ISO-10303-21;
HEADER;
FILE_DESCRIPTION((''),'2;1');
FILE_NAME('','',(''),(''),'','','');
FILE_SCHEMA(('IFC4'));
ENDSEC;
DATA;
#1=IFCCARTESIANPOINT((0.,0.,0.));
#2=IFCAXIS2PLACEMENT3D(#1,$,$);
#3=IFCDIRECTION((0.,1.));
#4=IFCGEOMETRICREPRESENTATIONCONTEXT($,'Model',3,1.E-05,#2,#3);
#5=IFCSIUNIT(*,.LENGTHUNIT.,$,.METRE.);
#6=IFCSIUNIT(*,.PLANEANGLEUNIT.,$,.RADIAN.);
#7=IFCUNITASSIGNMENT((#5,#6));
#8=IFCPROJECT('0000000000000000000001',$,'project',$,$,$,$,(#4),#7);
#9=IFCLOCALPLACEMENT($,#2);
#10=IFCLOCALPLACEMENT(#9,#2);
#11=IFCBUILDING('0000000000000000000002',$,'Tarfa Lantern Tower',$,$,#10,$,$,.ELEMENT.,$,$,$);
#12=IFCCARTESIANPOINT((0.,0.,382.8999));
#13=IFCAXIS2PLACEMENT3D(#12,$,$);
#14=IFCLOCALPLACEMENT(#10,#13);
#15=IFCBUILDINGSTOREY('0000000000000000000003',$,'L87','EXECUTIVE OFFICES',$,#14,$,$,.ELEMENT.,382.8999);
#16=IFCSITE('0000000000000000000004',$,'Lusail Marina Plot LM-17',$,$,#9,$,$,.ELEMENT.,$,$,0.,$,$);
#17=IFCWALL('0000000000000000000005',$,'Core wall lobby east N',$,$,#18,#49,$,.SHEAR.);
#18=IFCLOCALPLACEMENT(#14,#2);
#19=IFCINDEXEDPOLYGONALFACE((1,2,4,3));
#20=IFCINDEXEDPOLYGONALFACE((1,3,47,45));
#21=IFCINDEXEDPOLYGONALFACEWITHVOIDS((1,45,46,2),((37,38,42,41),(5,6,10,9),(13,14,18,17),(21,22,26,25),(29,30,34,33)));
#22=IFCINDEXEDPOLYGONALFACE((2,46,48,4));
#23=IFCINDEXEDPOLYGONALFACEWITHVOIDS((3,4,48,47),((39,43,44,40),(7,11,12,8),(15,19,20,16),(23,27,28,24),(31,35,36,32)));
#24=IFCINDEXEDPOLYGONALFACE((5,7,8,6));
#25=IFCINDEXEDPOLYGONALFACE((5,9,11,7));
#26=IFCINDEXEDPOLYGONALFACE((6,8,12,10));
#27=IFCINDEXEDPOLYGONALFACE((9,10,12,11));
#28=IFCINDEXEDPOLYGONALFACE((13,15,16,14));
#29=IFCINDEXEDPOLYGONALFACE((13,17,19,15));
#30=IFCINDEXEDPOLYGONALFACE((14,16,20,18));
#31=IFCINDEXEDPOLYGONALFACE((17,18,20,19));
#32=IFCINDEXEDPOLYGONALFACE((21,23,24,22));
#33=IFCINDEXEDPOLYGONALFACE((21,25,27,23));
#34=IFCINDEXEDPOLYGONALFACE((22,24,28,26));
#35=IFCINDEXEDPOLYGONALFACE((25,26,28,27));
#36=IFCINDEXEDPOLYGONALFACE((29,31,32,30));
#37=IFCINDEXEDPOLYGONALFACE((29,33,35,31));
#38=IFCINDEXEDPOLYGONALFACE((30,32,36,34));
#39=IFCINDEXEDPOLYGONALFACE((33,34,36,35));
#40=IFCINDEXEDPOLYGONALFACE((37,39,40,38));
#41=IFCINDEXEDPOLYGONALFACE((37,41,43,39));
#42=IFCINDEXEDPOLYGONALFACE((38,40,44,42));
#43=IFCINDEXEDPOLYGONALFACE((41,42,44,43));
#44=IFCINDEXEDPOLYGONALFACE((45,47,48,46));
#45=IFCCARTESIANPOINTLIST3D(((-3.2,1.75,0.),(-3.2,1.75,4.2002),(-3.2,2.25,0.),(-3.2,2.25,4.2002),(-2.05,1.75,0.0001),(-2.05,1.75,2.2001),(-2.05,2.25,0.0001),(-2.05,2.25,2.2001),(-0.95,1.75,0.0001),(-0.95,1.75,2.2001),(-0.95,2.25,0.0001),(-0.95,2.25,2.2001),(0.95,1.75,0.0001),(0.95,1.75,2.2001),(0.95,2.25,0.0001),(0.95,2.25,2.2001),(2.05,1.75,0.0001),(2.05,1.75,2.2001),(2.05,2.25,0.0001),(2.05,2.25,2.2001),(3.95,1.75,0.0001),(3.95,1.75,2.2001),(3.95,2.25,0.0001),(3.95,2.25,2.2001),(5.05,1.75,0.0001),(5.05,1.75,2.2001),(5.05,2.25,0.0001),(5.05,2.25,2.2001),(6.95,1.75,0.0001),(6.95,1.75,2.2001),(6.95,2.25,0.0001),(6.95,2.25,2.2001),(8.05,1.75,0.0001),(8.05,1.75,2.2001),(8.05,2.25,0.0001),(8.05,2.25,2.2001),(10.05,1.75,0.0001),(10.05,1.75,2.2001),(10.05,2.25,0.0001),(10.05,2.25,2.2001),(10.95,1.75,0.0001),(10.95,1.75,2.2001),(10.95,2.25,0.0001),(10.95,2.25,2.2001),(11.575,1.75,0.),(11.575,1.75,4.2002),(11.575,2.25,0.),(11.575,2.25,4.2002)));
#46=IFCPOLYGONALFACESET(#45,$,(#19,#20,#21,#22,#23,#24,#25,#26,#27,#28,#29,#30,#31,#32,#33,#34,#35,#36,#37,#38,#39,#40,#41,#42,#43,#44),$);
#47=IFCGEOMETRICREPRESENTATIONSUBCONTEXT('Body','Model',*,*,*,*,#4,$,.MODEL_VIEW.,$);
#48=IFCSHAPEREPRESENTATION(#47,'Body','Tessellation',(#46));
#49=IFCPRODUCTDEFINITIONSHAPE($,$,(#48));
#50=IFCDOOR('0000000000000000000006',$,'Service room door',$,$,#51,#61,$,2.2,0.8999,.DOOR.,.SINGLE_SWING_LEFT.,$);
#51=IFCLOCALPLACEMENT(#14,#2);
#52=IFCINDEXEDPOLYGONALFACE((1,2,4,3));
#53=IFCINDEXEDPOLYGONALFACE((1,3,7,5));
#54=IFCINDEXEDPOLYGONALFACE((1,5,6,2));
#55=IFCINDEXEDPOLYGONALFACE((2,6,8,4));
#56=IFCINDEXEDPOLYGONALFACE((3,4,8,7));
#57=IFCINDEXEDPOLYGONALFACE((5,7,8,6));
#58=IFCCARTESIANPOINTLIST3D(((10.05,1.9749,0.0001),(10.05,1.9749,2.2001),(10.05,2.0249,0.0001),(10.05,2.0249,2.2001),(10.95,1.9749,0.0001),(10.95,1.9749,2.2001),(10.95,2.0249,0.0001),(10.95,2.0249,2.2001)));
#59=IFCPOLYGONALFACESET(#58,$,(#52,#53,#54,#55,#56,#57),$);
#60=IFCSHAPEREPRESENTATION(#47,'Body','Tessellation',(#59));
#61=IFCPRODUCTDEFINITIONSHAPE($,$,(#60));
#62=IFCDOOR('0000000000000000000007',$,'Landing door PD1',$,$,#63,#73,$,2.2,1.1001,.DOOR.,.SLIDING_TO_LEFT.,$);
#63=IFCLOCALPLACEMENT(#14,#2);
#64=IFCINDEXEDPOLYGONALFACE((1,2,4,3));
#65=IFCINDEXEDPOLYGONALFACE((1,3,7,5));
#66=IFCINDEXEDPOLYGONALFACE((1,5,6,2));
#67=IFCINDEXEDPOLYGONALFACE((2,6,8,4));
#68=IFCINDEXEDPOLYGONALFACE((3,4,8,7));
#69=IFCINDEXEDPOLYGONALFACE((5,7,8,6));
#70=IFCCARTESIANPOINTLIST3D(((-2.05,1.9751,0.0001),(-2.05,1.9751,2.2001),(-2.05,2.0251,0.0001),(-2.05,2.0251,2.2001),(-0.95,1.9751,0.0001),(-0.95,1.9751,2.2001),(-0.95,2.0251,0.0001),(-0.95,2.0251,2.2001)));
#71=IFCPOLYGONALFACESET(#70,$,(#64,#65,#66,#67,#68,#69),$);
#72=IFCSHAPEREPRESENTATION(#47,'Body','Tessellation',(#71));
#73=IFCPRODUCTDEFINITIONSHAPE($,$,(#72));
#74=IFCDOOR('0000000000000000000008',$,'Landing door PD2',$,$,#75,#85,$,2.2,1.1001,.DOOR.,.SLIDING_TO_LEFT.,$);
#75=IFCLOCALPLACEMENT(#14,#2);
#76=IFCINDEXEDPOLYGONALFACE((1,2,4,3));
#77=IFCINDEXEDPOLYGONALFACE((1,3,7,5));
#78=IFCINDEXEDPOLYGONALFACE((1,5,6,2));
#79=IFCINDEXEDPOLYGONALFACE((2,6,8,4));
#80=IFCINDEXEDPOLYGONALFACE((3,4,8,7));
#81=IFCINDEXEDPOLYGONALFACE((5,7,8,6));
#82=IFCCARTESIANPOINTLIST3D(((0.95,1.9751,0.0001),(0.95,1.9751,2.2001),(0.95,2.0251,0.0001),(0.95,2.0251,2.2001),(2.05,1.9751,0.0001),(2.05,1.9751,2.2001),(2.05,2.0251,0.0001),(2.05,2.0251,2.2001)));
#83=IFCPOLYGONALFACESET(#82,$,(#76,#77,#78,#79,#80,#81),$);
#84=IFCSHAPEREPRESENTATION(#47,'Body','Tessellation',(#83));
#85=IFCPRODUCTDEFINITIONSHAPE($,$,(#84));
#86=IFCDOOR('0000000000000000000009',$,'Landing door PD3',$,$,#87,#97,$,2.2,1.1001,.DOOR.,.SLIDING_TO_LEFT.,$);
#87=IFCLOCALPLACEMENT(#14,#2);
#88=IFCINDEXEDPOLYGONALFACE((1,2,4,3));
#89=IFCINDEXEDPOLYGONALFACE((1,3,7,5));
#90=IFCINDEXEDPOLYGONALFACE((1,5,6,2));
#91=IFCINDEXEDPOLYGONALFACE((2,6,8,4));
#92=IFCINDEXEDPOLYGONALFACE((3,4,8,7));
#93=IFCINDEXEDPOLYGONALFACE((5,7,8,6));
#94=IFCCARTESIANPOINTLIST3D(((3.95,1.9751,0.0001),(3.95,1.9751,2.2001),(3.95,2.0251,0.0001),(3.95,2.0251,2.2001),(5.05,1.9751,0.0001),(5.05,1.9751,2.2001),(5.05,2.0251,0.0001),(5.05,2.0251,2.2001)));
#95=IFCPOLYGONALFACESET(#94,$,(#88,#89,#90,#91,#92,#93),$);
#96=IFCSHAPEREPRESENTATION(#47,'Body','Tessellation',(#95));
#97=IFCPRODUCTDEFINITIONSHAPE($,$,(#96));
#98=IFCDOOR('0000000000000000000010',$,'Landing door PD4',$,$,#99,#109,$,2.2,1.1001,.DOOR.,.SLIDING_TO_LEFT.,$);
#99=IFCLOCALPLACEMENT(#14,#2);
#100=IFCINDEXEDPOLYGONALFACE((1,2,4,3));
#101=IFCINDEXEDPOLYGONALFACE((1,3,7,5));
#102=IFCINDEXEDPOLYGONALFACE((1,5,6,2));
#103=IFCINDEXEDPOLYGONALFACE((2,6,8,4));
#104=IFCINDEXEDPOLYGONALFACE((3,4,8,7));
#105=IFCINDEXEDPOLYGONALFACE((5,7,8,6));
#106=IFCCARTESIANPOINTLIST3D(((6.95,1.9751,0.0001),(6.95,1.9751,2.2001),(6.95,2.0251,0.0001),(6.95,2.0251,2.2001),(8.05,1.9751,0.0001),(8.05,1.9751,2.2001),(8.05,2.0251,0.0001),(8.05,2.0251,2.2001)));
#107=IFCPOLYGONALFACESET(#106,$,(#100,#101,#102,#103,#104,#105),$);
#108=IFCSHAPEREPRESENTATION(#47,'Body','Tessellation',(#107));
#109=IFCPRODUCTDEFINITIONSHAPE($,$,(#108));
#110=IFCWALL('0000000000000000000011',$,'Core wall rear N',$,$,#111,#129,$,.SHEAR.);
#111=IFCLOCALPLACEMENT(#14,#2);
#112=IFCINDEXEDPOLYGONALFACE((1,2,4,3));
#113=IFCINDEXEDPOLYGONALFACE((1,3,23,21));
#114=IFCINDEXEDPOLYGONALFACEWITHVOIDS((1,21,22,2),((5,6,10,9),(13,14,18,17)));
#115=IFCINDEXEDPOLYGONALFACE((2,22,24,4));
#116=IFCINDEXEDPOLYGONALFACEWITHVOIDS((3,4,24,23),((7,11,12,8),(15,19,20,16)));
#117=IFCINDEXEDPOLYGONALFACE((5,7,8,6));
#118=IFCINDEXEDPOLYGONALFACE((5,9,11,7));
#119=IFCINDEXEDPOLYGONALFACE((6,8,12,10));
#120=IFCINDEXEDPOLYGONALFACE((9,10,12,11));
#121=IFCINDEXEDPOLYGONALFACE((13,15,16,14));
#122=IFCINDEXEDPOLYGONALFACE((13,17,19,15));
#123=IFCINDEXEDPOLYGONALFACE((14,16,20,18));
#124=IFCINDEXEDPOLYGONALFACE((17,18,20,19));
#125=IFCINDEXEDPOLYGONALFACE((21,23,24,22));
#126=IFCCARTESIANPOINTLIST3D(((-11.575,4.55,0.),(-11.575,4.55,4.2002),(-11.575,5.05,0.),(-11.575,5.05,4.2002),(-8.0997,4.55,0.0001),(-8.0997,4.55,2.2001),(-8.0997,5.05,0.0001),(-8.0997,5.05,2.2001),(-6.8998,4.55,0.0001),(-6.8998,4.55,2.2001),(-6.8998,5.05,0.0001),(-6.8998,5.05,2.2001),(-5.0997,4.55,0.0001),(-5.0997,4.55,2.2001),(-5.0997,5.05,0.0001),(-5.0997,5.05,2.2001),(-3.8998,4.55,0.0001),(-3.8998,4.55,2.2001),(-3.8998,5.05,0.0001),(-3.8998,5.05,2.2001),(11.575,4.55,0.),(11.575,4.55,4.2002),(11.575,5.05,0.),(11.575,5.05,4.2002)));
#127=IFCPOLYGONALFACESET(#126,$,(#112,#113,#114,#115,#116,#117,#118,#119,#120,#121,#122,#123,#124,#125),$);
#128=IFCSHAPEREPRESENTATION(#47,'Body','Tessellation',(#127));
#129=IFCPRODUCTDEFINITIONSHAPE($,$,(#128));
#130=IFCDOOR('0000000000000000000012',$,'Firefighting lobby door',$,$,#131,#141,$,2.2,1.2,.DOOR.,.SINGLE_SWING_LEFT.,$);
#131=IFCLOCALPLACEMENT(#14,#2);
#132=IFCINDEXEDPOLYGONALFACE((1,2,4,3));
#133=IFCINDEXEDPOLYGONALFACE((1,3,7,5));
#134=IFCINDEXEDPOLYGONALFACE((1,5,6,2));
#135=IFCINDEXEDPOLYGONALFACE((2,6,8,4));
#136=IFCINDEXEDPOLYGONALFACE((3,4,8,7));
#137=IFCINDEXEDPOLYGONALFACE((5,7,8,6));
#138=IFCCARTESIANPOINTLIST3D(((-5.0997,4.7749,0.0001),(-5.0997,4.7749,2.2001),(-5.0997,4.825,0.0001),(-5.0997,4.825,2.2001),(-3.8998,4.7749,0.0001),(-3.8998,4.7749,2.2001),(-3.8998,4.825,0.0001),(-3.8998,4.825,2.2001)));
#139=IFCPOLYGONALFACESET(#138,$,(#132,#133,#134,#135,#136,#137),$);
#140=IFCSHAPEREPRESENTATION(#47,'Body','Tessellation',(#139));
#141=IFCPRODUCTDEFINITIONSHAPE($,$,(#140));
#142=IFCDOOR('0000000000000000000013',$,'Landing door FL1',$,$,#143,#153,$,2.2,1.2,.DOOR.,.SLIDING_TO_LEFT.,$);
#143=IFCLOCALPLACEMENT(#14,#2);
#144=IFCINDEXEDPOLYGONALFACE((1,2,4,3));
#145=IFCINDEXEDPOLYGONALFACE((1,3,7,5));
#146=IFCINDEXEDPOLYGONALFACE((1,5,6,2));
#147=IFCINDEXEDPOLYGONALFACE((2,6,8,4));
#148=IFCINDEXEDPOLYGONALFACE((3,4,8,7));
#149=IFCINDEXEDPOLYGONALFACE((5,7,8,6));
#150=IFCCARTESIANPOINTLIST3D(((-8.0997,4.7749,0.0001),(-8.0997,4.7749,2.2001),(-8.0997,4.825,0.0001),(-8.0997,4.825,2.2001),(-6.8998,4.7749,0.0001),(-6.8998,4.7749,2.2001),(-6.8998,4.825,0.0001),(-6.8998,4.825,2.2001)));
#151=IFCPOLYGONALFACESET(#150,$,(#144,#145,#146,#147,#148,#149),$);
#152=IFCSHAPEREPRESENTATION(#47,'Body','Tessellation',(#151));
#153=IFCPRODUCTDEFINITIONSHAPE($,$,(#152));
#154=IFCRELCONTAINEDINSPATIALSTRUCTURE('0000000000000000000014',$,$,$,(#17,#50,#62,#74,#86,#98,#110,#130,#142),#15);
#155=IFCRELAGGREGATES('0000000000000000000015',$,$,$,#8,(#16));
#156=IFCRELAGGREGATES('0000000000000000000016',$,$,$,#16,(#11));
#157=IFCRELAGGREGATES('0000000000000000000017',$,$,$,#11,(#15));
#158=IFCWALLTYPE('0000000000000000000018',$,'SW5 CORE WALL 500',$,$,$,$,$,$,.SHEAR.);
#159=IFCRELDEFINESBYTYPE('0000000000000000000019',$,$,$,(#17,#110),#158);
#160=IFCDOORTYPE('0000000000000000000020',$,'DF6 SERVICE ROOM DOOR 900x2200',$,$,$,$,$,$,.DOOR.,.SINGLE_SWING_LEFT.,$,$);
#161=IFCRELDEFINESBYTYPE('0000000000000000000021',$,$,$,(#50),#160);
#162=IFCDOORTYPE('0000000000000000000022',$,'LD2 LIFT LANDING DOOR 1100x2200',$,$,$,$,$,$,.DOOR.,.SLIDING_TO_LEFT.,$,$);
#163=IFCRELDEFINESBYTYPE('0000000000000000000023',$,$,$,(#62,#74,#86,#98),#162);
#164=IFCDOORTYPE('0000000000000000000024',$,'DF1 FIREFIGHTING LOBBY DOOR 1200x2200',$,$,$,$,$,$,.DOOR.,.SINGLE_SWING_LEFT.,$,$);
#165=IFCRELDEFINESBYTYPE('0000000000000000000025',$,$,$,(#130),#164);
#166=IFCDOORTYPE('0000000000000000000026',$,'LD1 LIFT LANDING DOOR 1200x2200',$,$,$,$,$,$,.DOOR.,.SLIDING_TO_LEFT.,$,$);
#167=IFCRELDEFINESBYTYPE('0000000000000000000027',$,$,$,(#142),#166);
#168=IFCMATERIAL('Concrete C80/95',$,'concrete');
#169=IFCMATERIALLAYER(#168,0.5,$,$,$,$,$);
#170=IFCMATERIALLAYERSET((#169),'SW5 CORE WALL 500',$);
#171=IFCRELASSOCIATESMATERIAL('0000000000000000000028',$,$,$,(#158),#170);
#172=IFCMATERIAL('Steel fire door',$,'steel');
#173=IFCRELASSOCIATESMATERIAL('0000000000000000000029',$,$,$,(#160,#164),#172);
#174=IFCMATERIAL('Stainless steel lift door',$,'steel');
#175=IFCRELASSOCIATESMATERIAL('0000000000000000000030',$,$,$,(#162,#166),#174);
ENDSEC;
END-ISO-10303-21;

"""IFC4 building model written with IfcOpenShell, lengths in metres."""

from ifc_helpers import new_model, si_unit, direction, frame, frame_2d, origin, place, context, subcontext, project, spatial, rectangle, extrude, material, layer, layer_set, type_object, element, fill, save


model = new_model("IFC4")

# Units and contexts
model_context = context("Model", 3, precision=1e-05, world=origin(), true_north=direction((0.0, 1.0)))
body_context = subcontext(model_context, "Body", "Model", "MODEL_VIEW")
ifc_project = project(units=[si_unit("LENGTHUNIT", "METRE"), si_unit("PLANEANGLEUNIT", "RADIAN")], contexts=[model_context])

# Site, building, storey
site_placement = place(None, origin())
site = spatial("IfcSite", under=ifc_project, at=site_placement, Name="Lusail Marina Plot LM-17", CompositionType="ELEMENT", RefElevation=0.0)
building_placement = place(site_placement, origin())
building = spatial("IfcBuilding", under=site, at=building_placement, Name="Tarfa Lantern Tower", CompositionType="ELEMENT")
storey_placement = place(building_placement, frame((0.0, 0.0, 382.8999)))
storey = spatial("IfcBuildingStorey", under=building, at=storey_placement, Name="L87", Description="EXECUTIVE OFFICES", CompositionType="ELEMENT", Elevation=382.8999)

# Shared definitions
ifc_material_1 = material(Name="Concrete C80/95", Category="concrete")

# Shared definitions
ifc_material_2 = material(Name="Steel fire door", Category="steel")

# Walls, openings, doors
ifc_layer_1 = layer(ifc_material_1, 0.5)
ifc_layer_set_1 = layer_set([ifc_layer_1], Name="SW5 CORE WALL 500")
wall_type_1 = type_object("IfcWallType", Name="SW5 CORE WALL 500", PredefinedType="SHEAR", material=ifc_layer_set_1)
wall_1_placement = place(storey_placement, frame((-3.2, 2.0, 0.0), z_axis=(0.0, 0.0, 1.0), x_axis=(1.0, 0.0, 0.0)))
wall_1 = element("IfcWall", 1, at=wall_1_placement, inside=storey, type_object=wall_type_1, Name="Core wall lobby east N", PredefinedType="SHEAR", context=body_context, shape_type="SweptSolid", body=[
    extrude(rectangle(XDim=14.7749, YDim=0.5, at=frame_2d((7.3875, 0.0))), origin(), (0.0, 0.0, 1.0), 4.2002),
])
opening_1_placement = place(wall_1_placement, frame((13.25, 0.0, 0.0)))
opening_1 = element("IfcOpeningElement", 2, at=opening_1_placement, cuts=wall_1, PredefinedType="OPENING", context=body_context, shape_type="SweptSolid", body=[
    extrude(rectangle(XDim=0.8999, YDim=2.2, at=frame_2d((0.45, 1.1001))), frame((0.0, 0.26, 0.0), z_axis=(0.0, -1.0, 0.0), x_axis=(1.0, 0.0, 0.0)), (0.0, 0.0, 1.0), 0.52),
])
opening_2_placement = place(wall_1_placement, frame((1.1499, 0.0, 0.0)))
opening_2 = element("IfcOpeningElement", 3, at=opening_2_placement, cuts=wall_1, PredefinedType="OPENING", context=body_context, shape_type="SweptSolid", body=[
    extrude(rectangle(XDim=1.1001, YDim=2.2, at=frame_2d((0.55, 1.1001))), frame((0.0, 0.26, 0.0), z_axis=(0.0, -1.0, 0.0), x_axis=(1.0, 0.0, 0.0)), (0.0, 0.0, 1.0), 0.52),
])
opening_3_placement = place(wall_1_placement, frame((4.1499, 0.0, 0.0)))
opening_3 = element("IfcOpeningElement", 4, at=opening_3_placement, cuts=wall_1, PredefinedType="OPENING", context=body_context, shape_type="SweptSolid", body=[
    extrude(rectangle(XDim=1.1001, YDim=2.2, at=frame_2d((0.55, 1.1001))), frame((0.0, 0.26, 0.0), z_axis=(0.0, -1.0, 0.0), x_axis=(1.0, 0.0, 0.0)), (0.0, 0.0, 1.0), 0.52),
])
opening_4_placement = place(wall_1_placement, frame((7.1499, 0.0, 0.0)))
opening_4 = element("IfcOpeningElement", 5, at=opening_4_placement, cuts=wall_1, PredefinedType="OPENING", context=body_context, shape_type="SweptSolid", body=[
    extrude(rectangle(XDim=1.1001, YDim=2.2, at=frame_2d((0.55, 1.1001))), frame((0.0, 0.26, 0.0), z_axis=(0.0, -1.0, 0.0), x_axis=(1.0, 0.0, 0.0)), (0.0, 0.0, 1.0), 0.52),
])
opening_5_placement = place(wall_1_placement, frame((10.1499, 0.0, 0.0)))
opening_5 = element("IfcOpeningElement", 6, at=opening_5_placement, cuts=wall_1, PredefinedType="OPENING", context=body_context, shape_type="SweptSolid", body=[
    extrude(rectangle(XDim=1.1001, YDim=2.2, at=frame_2d((0.55, 1.1001))), frame((0.0, 0.26, 0.0), z_axis=(0.0, -1.0, 0.0), x_axis=(1.0, 0.0, 0.0)), (0.0, 0.0, 1.0), 0.52),
])
door_type_1 = type_object("IfcDoorType", Name="DF6 SERVICE ROOM DOOR 900x2200", OperationType="SINGLE_SWING_LEFT", PredefinedType="DOOR", material=ifc_material_2)
door_1_placement = place(opening_1_placement, origin())
door_1 = element("IfcDoor", 7, at=door_1_placement, inside=storey, type_object=door_type_1, Name="Service room door", OperationType="SINGLE_SWING_LEFT", OverallHeight=2.2, OverallWidth=0.8999, PredefinedType="DOOR", context=body_context, shape_type="SweptSolid", body=[
    extrude(rectangle(XDim=0.8999, YDim=2.2, at=frame_2d((0.45, 1.1001))), frame((0.0, 0.0249, 0.0), z_axis=(0.0, -1.0, 0.0), x_axis=(1.0, 0.0, 0.0)), (0.0, 0.0, 1.0), 0.05),
])
fill(opening_1, door_1)
ifc_material_3 = material(Name="Stainless steel lift door", Category="steel")
door_type_2 = type_object("IfcDoorType", Name="LD2 LIFT LANDING DOOR 1100x2200", OperationType="SLIDING_TO_LEFT", PredefinedType="DOOR", material=ifc_material_3)
door_2_placement = place(opening_2_placement, frame((1.1001, 0.0, 0.0), z_axis=(0.0, 0.0, 1.0), x_axis=(-1.0, 0.0, 0.0)))
door_2 = element("IfcDoor", 8, at=door_2_placement, inside=storey, type_object=door_type_2, Name="Landing door PD1", OperationType="SLIDING_TO_LEFT", OverallHeight=2.2, OverallWidth=1.1001, PredefinedType="DOOR", context=body_context, shape_type="SweptSolid", body=[
    extrude(rectangle(XDim=1.1001, YDim=2.2, at=frame_2d((0.55, 1.1001))), frame((0.0, 0.0249, 0.0), z_axis=(0.0, -1.0, 0.0), x_axis=(1.0, 0.0, 0.0)), (0.0, 0.0, 1.0), 0.05),
])
fill(opening_2, door_2)
door_3_placement = place(opening_3_placement, frame((1.1001, 0.0, 0.0), z_axis=(0.0, 0.0, 1.0), x_axis=(-1.0, 0.0, 0.0)))
door_3 = element("IfcDoor", 9, at=door_3_placement, inside=storey, type_object=door_type_2, Name="Landing door PD2", OperationType="SLIDING_TO_LEFT", OverallHeight=2.2, OverallWidth=1.1001, PredefinedType="DOOR", context=body_context, shape_type="SweptSolid", body=[
    extrude(rectangle(XDim=1.1001, YDim=2.2, at=frame_2d((0.55, 1.1001))), frame((0.0, 0.0249, 0.0), z_axis=(0.0, -1.0, 0.0), x_axis=(1.0, 0.0, 0.0)), (0.0, 0.0, 1.0), 0.05),
])
fill(opening_3, door_3)
door_4_placement = place(opening_4_placement, frame((1.1001, 0.0, 0.0), z_axis=(0.0, 0.0, 1.0), x_axis=(-1.0, 0.0, 0.0)))
door_4 = element("IfcDoor", 10, at=door_4_placement, inside=storey, type_object=door_type_2, Name="Landing door PD3", OperationType="SLIDING_TO_LEFT", OverallHeight=2.2, OverallWidth=1.1001, PredefinedType="DOOR", context=body_context, shape_type="SweptSolid", body=[
    extrude(rectangle(XDim=1.1001, YDim=2.2, at=frame_2d((0.55, 1.1001))), frame((0.0, 0.0249, 0.0), z_axis=(0.0, -1.0, 0.0), x_axis=(1.0, 0.0, 0.0)), (0.0, 0.0, 1.0), 0.05),
])
fill(opening_4, door_4)
door_5_placement = place(opening_5_placement, frame((1.1001, 0.0, 0.0), z_axis=(0.0, 0.0, 1.0), x_axis=(-1.0, 0.0, 0.0)))
door_5 = element("IfcDoor", 11, at=door_5_placement, inside=storey, type_object=door_type_2, Name="Landing door PD4", OperationType="SLIDING_TO_LEFT", OverallHeight=2.2, OverallWidth=1.1001, PredefinedType="DOOR", context=body_context, shape_type="SweptSolid", body=[
    extrude(rectangle(XDim=1.1001, YDim=2.2, at=frame_2d((0.55, 1.1001))), frame((0.0, 0.0249, 0.0), z_axis=(0.0, -1.0, 0.0), x_axis=(1.0, 0.0, 0.0)), (0.0, 0.0, 1.0), 0.05),
])
fill(opening_5, door_5)
wall_2_placement = place(storey_placement, frame((-11.575, 4.8, 0.0), z_axis=(0.0, 0.0, 1.0), x_axis=(1.0, 0.0, 0.0)))
wall_2 = element("IfcWall", 12, at=wall_2_placement, inside=storey, type_object=wall_type_1, Name="Core wall rear N", PredefinedType="SHEAR", context=body_context, shape_type="SweptSolid", body=[
    extrude(rectangle(XDim=23.1499, YDim=0.5, at=frame_2d((11.575, 0.0))), origin(), (0.0, 0.0, 1.0), 4.2002),
])
opening_6_placement = place(wall_2_placement, frame((6.4751, 0.0, 0.0)))
opening_6 = element("IfcOpeningElement", 13, at=opening_6_placement, cuts=wall_2, PredefinedType="OPENING", context=body_context, shape_type="SweptSolid", body=[
    extrude(rectangle(XDim=1.2, YDim=2.2, at=frame_2d((0.6001, 1.1001))), frame((0.0, 0.26, 0.0), z_axis=(0.0, -1.0, 0.0), x_axis=(1.0, 0.0, 0.0)), (0.0, 0.0, 1.0), 0.52),
])
opening_7_placement = place(wall_2_placement, frame((3.4751, 0.0, 0.0)))
opening_7 = element("IfcOpeningElement", 14, at=opening_7_placement, cuts=wall_2, PredefinedType="OPENING", context=body_context, shape_type="SweptSolid", body=[
    extrude(rectangle(XDim=1.2, YDim=2.2, at=frame_2d((0.6001, 1.1001))), frame((0.0, 0.26, 0.0), z_axis=(0.0, -1.0, 0.0), x_axis=(1.0, 0.0, 0.0)), (0.0, 0.0, 1.0), 0.52),
])
door_type_3 = type_object("IfcDoorType", Name="DF1 FIREFIGHTING LOBBY DOOR 1200x2200", OperationType="SINGLE_SWING_LEFT", PredefinedType="DOOR", material=ifc_material_2)
door_6_placement = place(opening_6_placement, origin())
door_6 = element("IfcDoor", 15, at=door_6_placement, inside=storey, type_object=door_type_3, Name="Firefighting lobby door", OperationType="SINGLE_SWING_LEFT", OverallHeight=2.2, OverallWidth=1.2, PredefinedType="DOOR", context=body_context, shape_type="SweptSolid", body=[
    extrude(rectangle(XDim=1.2, YDim=2.2, at=frame_2d((0.6001, 1.1001))), frame((0.0, 0.0249, 0.0), z_axis=(0.0, -1.0, 0.0), x_axis=(1.0, 0.0, 0.0)), (0.0, 0.0, 1.0), 0.05),
])
fill(opening_6, door_6)
door_type_4 = type_object("IfcDoorType", Name="LD1 LIFT LANDING DOOR 1200x2200", OperationType="SLIDING_TO_LEFT", PredefinedType="DOOR", material=ifc_material_3)
door_7_placement = place(opening_7_placement, origin())
door_7 = element("IfcDoor", 16, at=door_7_placement, inside=storey, type_object=door_type_4, Name="Landing door FL1", OperationType="SLIDING_TO_LEFT", OverallHeight=2.2, OverallWidth=1.2, PredefinedType="DOOR", context=body_context, shape_type="SweptSolid", body=[
    extrude(rectangle(XDim=1.2, YDim=2.2, at=frame_2d((0.6001, 1.1001))), frame((0.0, 0.0249, 0.0), z_axis=(0.0, -1.0, 0.0), x_axis=(1.0, 0.0, 0.0)), (0.0, 0.0, 1.0), 0.05),
])
fill(opening_7, door_7)

save(model, "model.ifc")
